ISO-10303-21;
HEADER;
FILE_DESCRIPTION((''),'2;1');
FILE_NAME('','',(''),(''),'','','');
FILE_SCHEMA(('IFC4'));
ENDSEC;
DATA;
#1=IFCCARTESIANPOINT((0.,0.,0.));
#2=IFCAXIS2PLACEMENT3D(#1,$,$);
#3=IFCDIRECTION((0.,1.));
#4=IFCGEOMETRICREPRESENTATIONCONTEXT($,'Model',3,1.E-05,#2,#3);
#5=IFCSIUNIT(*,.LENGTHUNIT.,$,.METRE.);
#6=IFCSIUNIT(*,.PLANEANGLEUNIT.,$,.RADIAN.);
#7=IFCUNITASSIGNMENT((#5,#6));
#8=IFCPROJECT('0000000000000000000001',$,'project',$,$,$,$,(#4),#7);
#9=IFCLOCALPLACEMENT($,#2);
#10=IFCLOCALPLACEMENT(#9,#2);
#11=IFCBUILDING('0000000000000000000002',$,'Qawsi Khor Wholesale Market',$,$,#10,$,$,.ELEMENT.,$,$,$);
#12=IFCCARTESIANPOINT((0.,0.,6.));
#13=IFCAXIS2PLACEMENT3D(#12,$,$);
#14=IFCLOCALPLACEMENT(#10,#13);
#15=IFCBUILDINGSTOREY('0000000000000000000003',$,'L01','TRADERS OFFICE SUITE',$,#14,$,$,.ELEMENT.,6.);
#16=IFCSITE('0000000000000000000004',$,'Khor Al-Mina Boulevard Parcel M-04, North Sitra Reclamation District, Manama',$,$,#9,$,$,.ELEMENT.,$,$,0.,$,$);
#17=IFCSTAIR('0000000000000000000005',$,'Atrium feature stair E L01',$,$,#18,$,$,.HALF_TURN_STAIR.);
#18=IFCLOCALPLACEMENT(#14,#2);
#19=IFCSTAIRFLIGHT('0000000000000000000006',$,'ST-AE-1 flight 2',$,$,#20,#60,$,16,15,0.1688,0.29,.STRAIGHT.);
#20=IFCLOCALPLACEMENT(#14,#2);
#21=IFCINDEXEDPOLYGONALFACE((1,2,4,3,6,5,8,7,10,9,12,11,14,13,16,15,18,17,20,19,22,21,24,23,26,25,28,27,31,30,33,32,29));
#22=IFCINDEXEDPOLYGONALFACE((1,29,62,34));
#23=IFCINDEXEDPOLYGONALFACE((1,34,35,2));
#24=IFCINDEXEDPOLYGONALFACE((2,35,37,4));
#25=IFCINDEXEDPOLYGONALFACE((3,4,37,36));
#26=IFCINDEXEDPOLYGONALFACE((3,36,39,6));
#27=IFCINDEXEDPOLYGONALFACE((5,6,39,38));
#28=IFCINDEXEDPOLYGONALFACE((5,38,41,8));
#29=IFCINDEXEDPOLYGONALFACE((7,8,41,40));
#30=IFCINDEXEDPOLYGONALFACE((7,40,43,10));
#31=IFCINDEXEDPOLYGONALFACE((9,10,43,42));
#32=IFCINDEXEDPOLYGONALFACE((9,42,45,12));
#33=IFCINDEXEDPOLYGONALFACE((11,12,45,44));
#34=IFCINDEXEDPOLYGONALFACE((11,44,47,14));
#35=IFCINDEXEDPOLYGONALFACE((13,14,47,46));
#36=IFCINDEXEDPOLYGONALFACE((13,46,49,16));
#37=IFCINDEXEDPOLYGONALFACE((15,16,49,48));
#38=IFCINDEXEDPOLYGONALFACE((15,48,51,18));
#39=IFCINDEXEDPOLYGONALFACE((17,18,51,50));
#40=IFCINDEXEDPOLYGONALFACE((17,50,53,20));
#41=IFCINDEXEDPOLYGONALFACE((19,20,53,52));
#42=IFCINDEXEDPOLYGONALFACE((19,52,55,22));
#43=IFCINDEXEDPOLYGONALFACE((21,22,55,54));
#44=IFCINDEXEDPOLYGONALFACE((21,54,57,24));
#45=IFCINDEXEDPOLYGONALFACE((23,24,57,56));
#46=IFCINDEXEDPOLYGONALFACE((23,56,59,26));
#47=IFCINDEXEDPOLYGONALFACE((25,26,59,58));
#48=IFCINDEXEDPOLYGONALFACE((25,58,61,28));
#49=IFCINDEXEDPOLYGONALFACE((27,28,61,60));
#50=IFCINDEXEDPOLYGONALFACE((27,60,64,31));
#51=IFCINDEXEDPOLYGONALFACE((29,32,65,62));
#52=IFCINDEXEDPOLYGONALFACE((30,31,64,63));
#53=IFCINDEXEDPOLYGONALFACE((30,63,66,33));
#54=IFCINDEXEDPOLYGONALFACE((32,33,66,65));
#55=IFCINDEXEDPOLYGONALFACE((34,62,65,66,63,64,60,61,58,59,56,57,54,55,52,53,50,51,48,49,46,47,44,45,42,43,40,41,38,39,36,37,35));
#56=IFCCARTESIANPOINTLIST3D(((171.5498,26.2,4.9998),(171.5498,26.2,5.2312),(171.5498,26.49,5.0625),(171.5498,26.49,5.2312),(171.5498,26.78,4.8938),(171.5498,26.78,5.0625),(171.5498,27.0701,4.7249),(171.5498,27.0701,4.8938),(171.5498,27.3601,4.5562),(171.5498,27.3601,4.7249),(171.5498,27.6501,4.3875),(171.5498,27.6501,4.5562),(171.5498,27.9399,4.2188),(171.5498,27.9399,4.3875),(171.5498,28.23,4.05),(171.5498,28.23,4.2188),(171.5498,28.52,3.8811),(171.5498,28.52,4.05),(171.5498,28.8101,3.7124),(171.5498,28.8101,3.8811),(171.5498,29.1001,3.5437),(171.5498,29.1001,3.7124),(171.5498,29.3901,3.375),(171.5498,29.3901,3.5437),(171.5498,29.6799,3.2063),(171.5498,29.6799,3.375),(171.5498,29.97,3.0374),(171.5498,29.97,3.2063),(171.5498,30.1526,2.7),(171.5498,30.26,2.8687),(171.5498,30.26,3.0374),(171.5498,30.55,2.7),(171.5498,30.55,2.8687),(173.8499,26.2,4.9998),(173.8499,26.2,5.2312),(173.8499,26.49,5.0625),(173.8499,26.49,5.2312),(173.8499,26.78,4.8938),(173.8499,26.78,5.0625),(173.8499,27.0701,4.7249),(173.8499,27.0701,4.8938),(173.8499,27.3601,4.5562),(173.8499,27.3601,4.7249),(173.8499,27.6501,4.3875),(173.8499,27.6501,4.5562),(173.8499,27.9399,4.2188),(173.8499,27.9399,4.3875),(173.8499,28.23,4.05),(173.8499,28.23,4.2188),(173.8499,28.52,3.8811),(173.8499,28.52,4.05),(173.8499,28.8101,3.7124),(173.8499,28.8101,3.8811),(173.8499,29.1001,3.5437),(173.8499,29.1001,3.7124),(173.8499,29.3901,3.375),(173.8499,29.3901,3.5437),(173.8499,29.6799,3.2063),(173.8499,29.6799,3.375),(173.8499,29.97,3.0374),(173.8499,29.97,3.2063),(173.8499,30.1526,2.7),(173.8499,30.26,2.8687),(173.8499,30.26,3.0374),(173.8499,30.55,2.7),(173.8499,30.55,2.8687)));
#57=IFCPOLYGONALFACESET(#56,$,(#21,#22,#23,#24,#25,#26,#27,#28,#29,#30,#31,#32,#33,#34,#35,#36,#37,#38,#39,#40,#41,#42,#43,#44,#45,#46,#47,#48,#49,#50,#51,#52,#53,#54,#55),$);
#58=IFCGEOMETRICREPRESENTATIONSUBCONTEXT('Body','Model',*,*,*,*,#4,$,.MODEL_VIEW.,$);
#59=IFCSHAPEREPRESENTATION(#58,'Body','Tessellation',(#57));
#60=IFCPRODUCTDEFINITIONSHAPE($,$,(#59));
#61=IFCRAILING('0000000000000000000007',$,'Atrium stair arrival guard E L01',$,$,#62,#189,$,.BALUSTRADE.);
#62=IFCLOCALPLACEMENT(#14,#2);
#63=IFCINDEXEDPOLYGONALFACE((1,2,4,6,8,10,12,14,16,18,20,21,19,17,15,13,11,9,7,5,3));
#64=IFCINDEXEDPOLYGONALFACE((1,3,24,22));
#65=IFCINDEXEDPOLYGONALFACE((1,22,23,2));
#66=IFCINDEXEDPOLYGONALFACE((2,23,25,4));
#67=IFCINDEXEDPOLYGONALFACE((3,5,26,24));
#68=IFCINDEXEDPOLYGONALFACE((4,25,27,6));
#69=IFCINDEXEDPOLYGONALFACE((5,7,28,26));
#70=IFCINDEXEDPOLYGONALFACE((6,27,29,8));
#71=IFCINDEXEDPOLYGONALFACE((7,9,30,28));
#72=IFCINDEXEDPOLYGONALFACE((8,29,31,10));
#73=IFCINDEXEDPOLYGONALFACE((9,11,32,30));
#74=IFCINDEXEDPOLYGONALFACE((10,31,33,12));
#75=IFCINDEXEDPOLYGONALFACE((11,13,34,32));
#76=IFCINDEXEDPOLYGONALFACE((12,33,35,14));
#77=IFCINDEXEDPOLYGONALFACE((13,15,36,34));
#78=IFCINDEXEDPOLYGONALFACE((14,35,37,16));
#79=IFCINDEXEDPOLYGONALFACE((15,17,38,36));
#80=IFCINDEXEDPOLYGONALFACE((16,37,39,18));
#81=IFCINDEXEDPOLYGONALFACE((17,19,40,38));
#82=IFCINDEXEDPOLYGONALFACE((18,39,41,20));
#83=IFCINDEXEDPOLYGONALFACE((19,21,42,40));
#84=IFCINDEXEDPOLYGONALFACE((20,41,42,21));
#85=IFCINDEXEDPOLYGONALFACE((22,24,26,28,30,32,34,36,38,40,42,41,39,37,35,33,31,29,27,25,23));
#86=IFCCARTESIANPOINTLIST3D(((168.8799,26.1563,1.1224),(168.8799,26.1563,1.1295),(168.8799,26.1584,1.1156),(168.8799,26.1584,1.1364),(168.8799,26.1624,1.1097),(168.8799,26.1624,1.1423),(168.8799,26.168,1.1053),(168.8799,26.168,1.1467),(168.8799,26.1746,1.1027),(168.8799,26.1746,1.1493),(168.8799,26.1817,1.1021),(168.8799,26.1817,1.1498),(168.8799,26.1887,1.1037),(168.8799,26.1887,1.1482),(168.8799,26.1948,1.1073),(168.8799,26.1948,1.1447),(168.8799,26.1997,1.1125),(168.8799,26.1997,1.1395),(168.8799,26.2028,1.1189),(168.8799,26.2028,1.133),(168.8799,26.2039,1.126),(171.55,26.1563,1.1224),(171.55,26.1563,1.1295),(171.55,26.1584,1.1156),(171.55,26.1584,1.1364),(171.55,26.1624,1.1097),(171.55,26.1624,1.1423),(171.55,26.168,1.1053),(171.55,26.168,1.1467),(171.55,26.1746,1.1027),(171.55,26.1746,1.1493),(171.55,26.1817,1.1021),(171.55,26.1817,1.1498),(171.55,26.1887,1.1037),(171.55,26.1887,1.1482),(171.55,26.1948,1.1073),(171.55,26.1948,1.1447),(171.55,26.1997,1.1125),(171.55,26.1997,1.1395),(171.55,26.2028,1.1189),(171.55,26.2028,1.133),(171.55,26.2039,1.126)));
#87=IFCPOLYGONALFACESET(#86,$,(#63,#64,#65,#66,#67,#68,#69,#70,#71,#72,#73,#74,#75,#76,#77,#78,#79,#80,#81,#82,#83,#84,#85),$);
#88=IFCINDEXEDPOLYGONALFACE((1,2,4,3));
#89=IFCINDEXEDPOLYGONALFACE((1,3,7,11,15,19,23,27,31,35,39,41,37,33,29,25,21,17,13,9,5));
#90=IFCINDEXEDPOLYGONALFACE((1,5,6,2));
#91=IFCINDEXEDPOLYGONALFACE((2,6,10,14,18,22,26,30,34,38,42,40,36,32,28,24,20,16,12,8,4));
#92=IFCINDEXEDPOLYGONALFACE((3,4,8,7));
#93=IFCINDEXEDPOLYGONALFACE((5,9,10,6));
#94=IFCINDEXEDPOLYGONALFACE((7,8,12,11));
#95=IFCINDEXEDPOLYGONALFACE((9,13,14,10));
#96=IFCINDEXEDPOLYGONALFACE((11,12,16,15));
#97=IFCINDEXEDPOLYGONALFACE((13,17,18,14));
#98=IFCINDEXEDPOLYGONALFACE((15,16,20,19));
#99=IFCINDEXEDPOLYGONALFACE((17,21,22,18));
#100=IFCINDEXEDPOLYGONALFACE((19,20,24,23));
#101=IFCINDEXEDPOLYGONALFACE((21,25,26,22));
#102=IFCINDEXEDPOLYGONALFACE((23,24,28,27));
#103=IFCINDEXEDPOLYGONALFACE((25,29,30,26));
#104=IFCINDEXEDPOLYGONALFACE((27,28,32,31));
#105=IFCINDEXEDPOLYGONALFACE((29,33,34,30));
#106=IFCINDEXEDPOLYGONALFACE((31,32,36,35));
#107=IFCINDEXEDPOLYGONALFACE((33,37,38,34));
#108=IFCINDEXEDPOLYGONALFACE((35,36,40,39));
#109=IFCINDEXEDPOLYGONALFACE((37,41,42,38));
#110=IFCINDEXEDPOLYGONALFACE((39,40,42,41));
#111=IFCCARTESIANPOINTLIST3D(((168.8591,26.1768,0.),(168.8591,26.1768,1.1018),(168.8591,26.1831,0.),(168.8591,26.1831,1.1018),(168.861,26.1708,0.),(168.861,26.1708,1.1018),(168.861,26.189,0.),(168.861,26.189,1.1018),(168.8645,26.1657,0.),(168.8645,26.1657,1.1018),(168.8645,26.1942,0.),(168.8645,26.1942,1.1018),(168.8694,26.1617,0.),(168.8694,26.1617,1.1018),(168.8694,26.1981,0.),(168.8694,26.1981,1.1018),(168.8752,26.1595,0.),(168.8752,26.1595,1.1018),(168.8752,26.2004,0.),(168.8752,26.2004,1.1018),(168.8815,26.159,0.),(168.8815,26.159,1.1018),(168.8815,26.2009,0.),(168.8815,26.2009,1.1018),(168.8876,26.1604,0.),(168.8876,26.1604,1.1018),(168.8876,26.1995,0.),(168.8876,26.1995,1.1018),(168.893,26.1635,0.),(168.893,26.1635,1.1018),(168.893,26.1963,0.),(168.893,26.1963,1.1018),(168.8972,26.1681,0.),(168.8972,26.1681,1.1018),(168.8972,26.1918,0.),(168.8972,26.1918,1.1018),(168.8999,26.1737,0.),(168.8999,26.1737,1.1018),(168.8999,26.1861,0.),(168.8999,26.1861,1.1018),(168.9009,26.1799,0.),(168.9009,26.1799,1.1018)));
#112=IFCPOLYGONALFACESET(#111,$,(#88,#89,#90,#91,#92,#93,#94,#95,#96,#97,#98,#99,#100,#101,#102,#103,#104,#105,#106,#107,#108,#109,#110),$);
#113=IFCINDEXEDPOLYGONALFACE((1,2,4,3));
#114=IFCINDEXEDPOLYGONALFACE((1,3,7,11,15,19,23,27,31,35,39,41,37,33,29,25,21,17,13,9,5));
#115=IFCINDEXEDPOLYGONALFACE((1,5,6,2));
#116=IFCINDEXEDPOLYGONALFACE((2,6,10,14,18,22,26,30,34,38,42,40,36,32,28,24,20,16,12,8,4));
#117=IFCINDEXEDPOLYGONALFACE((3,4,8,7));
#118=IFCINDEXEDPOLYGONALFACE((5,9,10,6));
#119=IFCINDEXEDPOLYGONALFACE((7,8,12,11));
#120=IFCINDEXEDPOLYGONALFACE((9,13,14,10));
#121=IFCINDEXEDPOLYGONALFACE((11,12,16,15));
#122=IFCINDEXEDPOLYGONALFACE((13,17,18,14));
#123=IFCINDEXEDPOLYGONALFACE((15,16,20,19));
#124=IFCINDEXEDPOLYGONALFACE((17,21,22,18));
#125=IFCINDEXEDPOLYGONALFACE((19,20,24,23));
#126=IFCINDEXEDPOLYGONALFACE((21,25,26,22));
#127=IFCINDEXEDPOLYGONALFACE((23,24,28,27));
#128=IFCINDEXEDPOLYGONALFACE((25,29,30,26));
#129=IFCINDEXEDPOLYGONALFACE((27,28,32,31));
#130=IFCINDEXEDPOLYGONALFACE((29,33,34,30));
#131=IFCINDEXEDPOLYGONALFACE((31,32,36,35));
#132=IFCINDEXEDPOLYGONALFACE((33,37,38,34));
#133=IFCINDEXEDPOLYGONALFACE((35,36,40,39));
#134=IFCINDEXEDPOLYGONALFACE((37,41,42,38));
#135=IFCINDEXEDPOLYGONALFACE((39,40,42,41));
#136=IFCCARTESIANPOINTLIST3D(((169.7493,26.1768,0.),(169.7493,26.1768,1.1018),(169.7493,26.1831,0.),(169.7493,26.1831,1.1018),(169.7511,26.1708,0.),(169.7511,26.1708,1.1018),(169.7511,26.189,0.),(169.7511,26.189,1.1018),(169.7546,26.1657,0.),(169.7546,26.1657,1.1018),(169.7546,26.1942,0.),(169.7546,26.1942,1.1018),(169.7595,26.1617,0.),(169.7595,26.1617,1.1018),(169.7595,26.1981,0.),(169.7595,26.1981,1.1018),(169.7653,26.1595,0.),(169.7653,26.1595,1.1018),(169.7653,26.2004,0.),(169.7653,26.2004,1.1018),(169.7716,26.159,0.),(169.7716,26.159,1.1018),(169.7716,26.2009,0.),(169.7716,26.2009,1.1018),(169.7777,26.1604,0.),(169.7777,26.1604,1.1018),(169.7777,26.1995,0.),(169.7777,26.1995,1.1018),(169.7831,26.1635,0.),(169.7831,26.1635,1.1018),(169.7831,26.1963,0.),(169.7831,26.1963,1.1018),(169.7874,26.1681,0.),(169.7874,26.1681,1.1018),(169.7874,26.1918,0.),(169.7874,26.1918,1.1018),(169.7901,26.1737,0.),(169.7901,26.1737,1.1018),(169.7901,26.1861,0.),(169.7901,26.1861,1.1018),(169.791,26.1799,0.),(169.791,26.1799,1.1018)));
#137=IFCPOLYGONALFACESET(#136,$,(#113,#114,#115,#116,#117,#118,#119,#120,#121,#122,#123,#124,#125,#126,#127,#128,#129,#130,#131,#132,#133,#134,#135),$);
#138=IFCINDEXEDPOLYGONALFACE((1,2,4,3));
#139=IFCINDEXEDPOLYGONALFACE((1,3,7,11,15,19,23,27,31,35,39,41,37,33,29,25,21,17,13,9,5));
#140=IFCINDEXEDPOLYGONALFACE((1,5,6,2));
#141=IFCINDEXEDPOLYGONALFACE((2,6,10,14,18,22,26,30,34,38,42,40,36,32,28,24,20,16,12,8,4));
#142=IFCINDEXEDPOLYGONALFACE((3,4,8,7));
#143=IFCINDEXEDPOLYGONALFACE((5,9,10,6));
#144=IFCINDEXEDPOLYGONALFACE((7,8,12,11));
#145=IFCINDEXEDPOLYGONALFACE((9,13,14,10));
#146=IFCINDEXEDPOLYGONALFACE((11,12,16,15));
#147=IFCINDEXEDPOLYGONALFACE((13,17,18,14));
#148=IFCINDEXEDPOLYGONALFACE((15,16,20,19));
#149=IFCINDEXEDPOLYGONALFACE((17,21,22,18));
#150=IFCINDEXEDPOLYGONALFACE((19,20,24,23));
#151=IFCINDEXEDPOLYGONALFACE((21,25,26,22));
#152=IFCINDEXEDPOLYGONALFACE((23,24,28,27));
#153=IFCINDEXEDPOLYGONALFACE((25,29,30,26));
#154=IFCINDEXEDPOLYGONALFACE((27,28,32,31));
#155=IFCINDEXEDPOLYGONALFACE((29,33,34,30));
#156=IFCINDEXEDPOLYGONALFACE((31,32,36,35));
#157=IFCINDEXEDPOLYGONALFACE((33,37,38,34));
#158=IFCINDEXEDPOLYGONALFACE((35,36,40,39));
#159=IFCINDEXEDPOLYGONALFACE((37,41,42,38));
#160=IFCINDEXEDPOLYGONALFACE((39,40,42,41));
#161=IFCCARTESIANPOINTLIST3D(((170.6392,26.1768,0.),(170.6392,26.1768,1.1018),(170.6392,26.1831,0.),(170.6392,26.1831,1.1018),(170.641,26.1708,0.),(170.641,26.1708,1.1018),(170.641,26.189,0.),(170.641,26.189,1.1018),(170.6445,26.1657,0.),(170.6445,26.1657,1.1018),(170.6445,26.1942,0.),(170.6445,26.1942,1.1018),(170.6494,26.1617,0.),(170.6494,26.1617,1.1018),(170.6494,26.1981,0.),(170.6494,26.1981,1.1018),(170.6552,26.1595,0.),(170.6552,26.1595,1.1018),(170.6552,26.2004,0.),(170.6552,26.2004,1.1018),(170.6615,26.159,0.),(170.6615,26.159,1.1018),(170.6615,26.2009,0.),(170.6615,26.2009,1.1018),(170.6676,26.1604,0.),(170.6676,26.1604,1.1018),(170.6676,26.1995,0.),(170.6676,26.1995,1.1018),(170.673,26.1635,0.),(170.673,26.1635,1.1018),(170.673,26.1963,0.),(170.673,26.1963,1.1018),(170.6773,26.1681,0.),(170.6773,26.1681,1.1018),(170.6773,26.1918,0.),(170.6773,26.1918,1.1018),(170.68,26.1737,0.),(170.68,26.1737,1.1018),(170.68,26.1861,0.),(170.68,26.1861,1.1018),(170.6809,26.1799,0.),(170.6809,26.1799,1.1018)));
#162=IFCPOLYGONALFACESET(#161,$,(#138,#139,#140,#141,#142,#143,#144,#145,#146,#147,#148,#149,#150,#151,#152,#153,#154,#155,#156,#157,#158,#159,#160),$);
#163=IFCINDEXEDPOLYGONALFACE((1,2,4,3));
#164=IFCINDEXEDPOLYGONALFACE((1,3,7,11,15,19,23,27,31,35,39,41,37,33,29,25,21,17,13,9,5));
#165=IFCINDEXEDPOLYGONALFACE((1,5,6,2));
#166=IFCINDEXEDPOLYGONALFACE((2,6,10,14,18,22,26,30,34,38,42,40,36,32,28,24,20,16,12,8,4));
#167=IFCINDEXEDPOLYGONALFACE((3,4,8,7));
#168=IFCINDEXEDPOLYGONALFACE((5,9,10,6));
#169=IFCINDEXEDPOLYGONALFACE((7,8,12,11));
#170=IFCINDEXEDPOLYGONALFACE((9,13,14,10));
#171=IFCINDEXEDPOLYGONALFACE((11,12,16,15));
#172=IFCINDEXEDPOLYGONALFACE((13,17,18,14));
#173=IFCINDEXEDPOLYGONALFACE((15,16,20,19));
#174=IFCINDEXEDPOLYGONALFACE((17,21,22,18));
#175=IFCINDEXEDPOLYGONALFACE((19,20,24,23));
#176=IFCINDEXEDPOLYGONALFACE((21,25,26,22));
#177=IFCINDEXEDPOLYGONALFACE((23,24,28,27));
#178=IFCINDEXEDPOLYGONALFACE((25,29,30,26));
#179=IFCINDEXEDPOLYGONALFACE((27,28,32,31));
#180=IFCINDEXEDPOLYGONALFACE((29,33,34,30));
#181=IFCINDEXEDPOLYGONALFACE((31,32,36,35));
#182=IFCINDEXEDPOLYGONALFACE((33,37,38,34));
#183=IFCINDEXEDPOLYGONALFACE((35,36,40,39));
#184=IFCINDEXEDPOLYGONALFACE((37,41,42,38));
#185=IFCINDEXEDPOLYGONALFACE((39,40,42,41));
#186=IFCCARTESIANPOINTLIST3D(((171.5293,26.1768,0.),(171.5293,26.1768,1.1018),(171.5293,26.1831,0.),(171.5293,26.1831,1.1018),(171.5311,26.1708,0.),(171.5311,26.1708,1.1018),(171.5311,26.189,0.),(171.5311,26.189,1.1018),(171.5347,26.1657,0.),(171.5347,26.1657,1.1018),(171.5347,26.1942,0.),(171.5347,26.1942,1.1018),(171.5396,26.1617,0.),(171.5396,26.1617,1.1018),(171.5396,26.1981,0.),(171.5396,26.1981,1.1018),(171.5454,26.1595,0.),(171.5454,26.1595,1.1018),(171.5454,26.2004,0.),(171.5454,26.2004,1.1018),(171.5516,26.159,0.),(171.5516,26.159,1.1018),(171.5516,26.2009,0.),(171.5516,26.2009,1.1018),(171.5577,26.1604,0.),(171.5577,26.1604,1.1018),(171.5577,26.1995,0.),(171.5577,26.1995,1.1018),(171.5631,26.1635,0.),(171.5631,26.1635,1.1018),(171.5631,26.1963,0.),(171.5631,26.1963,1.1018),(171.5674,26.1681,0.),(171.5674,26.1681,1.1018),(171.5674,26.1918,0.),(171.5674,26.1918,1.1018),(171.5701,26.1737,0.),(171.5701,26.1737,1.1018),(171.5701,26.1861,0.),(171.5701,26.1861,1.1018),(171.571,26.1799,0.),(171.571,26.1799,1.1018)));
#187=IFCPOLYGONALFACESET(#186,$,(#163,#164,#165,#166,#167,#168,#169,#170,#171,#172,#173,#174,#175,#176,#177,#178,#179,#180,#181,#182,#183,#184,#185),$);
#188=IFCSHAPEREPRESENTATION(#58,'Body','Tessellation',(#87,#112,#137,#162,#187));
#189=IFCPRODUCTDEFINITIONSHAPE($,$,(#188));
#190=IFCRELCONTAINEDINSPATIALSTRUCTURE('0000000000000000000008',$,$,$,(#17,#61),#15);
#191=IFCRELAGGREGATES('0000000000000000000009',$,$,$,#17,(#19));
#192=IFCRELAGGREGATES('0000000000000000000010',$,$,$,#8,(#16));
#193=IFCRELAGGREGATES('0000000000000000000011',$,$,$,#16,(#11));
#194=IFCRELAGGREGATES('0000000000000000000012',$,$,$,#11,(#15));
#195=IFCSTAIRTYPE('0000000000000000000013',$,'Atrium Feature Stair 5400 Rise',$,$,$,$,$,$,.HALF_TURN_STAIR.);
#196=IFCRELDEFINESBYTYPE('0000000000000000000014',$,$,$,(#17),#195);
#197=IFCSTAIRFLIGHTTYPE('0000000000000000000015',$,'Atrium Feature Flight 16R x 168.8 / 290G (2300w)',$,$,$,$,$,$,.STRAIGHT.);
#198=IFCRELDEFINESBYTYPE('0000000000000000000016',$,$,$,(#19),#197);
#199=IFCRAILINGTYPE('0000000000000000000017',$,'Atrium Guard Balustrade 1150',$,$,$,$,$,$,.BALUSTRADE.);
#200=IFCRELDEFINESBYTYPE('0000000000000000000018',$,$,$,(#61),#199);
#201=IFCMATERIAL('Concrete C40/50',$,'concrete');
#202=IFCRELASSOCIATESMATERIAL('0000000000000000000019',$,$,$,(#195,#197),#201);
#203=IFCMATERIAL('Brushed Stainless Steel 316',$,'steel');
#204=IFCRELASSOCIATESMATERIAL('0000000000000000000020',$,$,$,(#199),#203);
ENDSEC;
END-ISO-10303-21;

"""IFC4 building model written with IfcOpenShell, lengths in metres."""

from ifc_helpers import new_model, si_unit, direction, frame, origin, origin_2d, place, context, subcontext, project, spatial, polyline, circle, outline, extrude, material, type_object, element, aggregate, save


model = new_model("IFC4")

# Units and contexts
model_context = context("Model", 3, precision=1e-05, world=origin(), true_north=direction((0.0, 1.0)))
body_context = subcontext(model_context, "Body", "Model", "MODEL_VIEW")
ifc_project = project(units=[si_unit("LENGTHUNIT", "METRE"), si_unit("PLANEANGLEUNIT", "RADIAN")], contexts=[model_context])

# Site, building, storey
site_placement = place(None, origin())
site = spatial("IfcSite", under=ifc_project, at=site_placement, Name="Khor Al-Mina Boulevard Parcel M-04, North Sitra Reclamation District, Manama", CompositionType="ELEMENT", RefElevation=0.0)
building_placement = place(site_placement, origin())
building = spatial("IfcBuilding", under=site, at=building_placement, Name="Qawsi Khor Wholesale Market", CompositionType="ELEMENT")
storey_placement = place(building_placement, frame((0.0, 0.0, 6.0)))
storey = spatial("IfcBuildingStorey", under=building, at=storey_placement, Name="L01", Description="TRADERS OFFICE SUITE", CompositionType="ELEMENT", Elevation=6.0)

# Shared definitions
ifc_material_1 = material(Name="Concrete C40/50", Category="concrete")

# Stair, stair flight
stair_type = type_object("IfcStairType", Name="Atrium Feature Stair 5400 Rise", PredefinedType="HALF_TURN_STAIR", material=ifc_material_1)
stair_placement = place(storey_placement, origin())
stair = element("IfcStair", 1, at=stair_placement, inside=storey, type_object=stair_type, Name="Atrium feature stair E L01", PredefinedType="HALF_TURN_STAIR")
stair_flight_type = type_object("IfcStairFlightType", Name="Atrium Feature Flight 16R x 168.8 / 290G (2300w)", PredefinedType="STRAIGHT", material=ifc_material_1)
stair_flight_1_placement = place(storey_placement, frame((172.7, 30.55, 2.7), z_axis=(0.0, 0.0, 1.0), x_axis=(0.0, -1.0, 0.0)))
stair_flight_1 = element("IfcStairFlight", 2, at=stair_flight_1_placement, type_object=stair_flight_type, Name="ST-AE-1 flight 2", NumberOfRisers=16, NumberOfTreads=15, PredefinedType="STRAIGHT", RiserHeight=0.1688, TreadLength=0.29, context=body_context, shape_type="SweptSolid", body=[
    extrude(outline(polyline([(0.0, 0.0), (0.0, 0.1687), (0.29, 0.1687), (0.29, 0.3374), (0.5801, 0.3374), (0.5801, 0.5063), (0.8701, 0.5063), (0.8701, 0.675), (1.1599, 0.675), (1.1599, 0.8438), (1.45, 0.8438), (1.45, 1.0125), (1.74, 1.0125), (1.74, 1.1812), (2.03, 1.1812), (2.03, 1.3501), (2.3201, 1.3501), (2.3201, 1.5188), (2.6101, 1.5188), (2.6101, 1.6875), (2.8999, 1.6875), (2.8999, 1.8562), (3.1899, 1.8562), (3.1899, 2.0249), (3.48, 2.0249), (3.48, 2.1938), (3.77, 2.1938), (3.77, 2.3625), (4.0601, 2.3625), (4.0601, 2.5312), (4.3501, 2.5312), (4.3501, 2.7), (4.3501, 2.2998), (0.3975, 0.0), (0.0, 0.0)])), frame((0.0, 1.1499, 0.0), z_axis=(0.0, -1.0, 0.0), x_axis=(1.0, 0.0, 0.0)), (0.0, 0.0, 1.0), 2.3),
])
aggregate(stair, [stair_flight_1])

# Railing
ifc_material_2 = material(Name="Brushed Stainless Steel 316", Category="steel")
railing_type = type_object("IfcRailingType", Name="Atrium Guard Balustrade 1150", PredefinedType="BALUSTRADE", material=ifc_material_2)
railing_1_placement = place(storey_placement, frame((168.8799, 26.1799, 0.0)))
element("IfcRailing", 3, at=railing_1_placement, inside=storey, type_object=railing_type, Name="Atrium stair arrival guard E L01", PredefinedType="BALUSTRADE", context=body_context, shape_type="SweptSolid", body=[
    extrude(circle(Radius=0.0239, at=origin_2d()), frame((0.0, 0.0, 1.126), z_axis=(1.0, 0.0, 0.0), x_axis=(0.0, 1.0, 0.0)), (0.0, 0.0, 1.0), 2.6702),
    extrude(circle(Radius=0.021, at=origin_2d()), origin(), (0.0, 0.0, 1.0), 1.1018),
    extrude(circle(Radius=0.021, at=origin_2d()), frame((0.8901, 0.0, 0.0)), (0.0, 0.0, 1.0), 1.1018),
    extrude(circle(Radius=0.021, at=origin_2d()), frame((1.78, 0.0, 0.0)), (0.0, 0.0, 1.0), 1.1018),
    extrude(circle(Radius=0.021, at=origin_2d()), frame((2.6702, 0.0, 0.0)), (0.0, 0.0, 1.0), 1.1018),
])

save(model, "model.ifc")
